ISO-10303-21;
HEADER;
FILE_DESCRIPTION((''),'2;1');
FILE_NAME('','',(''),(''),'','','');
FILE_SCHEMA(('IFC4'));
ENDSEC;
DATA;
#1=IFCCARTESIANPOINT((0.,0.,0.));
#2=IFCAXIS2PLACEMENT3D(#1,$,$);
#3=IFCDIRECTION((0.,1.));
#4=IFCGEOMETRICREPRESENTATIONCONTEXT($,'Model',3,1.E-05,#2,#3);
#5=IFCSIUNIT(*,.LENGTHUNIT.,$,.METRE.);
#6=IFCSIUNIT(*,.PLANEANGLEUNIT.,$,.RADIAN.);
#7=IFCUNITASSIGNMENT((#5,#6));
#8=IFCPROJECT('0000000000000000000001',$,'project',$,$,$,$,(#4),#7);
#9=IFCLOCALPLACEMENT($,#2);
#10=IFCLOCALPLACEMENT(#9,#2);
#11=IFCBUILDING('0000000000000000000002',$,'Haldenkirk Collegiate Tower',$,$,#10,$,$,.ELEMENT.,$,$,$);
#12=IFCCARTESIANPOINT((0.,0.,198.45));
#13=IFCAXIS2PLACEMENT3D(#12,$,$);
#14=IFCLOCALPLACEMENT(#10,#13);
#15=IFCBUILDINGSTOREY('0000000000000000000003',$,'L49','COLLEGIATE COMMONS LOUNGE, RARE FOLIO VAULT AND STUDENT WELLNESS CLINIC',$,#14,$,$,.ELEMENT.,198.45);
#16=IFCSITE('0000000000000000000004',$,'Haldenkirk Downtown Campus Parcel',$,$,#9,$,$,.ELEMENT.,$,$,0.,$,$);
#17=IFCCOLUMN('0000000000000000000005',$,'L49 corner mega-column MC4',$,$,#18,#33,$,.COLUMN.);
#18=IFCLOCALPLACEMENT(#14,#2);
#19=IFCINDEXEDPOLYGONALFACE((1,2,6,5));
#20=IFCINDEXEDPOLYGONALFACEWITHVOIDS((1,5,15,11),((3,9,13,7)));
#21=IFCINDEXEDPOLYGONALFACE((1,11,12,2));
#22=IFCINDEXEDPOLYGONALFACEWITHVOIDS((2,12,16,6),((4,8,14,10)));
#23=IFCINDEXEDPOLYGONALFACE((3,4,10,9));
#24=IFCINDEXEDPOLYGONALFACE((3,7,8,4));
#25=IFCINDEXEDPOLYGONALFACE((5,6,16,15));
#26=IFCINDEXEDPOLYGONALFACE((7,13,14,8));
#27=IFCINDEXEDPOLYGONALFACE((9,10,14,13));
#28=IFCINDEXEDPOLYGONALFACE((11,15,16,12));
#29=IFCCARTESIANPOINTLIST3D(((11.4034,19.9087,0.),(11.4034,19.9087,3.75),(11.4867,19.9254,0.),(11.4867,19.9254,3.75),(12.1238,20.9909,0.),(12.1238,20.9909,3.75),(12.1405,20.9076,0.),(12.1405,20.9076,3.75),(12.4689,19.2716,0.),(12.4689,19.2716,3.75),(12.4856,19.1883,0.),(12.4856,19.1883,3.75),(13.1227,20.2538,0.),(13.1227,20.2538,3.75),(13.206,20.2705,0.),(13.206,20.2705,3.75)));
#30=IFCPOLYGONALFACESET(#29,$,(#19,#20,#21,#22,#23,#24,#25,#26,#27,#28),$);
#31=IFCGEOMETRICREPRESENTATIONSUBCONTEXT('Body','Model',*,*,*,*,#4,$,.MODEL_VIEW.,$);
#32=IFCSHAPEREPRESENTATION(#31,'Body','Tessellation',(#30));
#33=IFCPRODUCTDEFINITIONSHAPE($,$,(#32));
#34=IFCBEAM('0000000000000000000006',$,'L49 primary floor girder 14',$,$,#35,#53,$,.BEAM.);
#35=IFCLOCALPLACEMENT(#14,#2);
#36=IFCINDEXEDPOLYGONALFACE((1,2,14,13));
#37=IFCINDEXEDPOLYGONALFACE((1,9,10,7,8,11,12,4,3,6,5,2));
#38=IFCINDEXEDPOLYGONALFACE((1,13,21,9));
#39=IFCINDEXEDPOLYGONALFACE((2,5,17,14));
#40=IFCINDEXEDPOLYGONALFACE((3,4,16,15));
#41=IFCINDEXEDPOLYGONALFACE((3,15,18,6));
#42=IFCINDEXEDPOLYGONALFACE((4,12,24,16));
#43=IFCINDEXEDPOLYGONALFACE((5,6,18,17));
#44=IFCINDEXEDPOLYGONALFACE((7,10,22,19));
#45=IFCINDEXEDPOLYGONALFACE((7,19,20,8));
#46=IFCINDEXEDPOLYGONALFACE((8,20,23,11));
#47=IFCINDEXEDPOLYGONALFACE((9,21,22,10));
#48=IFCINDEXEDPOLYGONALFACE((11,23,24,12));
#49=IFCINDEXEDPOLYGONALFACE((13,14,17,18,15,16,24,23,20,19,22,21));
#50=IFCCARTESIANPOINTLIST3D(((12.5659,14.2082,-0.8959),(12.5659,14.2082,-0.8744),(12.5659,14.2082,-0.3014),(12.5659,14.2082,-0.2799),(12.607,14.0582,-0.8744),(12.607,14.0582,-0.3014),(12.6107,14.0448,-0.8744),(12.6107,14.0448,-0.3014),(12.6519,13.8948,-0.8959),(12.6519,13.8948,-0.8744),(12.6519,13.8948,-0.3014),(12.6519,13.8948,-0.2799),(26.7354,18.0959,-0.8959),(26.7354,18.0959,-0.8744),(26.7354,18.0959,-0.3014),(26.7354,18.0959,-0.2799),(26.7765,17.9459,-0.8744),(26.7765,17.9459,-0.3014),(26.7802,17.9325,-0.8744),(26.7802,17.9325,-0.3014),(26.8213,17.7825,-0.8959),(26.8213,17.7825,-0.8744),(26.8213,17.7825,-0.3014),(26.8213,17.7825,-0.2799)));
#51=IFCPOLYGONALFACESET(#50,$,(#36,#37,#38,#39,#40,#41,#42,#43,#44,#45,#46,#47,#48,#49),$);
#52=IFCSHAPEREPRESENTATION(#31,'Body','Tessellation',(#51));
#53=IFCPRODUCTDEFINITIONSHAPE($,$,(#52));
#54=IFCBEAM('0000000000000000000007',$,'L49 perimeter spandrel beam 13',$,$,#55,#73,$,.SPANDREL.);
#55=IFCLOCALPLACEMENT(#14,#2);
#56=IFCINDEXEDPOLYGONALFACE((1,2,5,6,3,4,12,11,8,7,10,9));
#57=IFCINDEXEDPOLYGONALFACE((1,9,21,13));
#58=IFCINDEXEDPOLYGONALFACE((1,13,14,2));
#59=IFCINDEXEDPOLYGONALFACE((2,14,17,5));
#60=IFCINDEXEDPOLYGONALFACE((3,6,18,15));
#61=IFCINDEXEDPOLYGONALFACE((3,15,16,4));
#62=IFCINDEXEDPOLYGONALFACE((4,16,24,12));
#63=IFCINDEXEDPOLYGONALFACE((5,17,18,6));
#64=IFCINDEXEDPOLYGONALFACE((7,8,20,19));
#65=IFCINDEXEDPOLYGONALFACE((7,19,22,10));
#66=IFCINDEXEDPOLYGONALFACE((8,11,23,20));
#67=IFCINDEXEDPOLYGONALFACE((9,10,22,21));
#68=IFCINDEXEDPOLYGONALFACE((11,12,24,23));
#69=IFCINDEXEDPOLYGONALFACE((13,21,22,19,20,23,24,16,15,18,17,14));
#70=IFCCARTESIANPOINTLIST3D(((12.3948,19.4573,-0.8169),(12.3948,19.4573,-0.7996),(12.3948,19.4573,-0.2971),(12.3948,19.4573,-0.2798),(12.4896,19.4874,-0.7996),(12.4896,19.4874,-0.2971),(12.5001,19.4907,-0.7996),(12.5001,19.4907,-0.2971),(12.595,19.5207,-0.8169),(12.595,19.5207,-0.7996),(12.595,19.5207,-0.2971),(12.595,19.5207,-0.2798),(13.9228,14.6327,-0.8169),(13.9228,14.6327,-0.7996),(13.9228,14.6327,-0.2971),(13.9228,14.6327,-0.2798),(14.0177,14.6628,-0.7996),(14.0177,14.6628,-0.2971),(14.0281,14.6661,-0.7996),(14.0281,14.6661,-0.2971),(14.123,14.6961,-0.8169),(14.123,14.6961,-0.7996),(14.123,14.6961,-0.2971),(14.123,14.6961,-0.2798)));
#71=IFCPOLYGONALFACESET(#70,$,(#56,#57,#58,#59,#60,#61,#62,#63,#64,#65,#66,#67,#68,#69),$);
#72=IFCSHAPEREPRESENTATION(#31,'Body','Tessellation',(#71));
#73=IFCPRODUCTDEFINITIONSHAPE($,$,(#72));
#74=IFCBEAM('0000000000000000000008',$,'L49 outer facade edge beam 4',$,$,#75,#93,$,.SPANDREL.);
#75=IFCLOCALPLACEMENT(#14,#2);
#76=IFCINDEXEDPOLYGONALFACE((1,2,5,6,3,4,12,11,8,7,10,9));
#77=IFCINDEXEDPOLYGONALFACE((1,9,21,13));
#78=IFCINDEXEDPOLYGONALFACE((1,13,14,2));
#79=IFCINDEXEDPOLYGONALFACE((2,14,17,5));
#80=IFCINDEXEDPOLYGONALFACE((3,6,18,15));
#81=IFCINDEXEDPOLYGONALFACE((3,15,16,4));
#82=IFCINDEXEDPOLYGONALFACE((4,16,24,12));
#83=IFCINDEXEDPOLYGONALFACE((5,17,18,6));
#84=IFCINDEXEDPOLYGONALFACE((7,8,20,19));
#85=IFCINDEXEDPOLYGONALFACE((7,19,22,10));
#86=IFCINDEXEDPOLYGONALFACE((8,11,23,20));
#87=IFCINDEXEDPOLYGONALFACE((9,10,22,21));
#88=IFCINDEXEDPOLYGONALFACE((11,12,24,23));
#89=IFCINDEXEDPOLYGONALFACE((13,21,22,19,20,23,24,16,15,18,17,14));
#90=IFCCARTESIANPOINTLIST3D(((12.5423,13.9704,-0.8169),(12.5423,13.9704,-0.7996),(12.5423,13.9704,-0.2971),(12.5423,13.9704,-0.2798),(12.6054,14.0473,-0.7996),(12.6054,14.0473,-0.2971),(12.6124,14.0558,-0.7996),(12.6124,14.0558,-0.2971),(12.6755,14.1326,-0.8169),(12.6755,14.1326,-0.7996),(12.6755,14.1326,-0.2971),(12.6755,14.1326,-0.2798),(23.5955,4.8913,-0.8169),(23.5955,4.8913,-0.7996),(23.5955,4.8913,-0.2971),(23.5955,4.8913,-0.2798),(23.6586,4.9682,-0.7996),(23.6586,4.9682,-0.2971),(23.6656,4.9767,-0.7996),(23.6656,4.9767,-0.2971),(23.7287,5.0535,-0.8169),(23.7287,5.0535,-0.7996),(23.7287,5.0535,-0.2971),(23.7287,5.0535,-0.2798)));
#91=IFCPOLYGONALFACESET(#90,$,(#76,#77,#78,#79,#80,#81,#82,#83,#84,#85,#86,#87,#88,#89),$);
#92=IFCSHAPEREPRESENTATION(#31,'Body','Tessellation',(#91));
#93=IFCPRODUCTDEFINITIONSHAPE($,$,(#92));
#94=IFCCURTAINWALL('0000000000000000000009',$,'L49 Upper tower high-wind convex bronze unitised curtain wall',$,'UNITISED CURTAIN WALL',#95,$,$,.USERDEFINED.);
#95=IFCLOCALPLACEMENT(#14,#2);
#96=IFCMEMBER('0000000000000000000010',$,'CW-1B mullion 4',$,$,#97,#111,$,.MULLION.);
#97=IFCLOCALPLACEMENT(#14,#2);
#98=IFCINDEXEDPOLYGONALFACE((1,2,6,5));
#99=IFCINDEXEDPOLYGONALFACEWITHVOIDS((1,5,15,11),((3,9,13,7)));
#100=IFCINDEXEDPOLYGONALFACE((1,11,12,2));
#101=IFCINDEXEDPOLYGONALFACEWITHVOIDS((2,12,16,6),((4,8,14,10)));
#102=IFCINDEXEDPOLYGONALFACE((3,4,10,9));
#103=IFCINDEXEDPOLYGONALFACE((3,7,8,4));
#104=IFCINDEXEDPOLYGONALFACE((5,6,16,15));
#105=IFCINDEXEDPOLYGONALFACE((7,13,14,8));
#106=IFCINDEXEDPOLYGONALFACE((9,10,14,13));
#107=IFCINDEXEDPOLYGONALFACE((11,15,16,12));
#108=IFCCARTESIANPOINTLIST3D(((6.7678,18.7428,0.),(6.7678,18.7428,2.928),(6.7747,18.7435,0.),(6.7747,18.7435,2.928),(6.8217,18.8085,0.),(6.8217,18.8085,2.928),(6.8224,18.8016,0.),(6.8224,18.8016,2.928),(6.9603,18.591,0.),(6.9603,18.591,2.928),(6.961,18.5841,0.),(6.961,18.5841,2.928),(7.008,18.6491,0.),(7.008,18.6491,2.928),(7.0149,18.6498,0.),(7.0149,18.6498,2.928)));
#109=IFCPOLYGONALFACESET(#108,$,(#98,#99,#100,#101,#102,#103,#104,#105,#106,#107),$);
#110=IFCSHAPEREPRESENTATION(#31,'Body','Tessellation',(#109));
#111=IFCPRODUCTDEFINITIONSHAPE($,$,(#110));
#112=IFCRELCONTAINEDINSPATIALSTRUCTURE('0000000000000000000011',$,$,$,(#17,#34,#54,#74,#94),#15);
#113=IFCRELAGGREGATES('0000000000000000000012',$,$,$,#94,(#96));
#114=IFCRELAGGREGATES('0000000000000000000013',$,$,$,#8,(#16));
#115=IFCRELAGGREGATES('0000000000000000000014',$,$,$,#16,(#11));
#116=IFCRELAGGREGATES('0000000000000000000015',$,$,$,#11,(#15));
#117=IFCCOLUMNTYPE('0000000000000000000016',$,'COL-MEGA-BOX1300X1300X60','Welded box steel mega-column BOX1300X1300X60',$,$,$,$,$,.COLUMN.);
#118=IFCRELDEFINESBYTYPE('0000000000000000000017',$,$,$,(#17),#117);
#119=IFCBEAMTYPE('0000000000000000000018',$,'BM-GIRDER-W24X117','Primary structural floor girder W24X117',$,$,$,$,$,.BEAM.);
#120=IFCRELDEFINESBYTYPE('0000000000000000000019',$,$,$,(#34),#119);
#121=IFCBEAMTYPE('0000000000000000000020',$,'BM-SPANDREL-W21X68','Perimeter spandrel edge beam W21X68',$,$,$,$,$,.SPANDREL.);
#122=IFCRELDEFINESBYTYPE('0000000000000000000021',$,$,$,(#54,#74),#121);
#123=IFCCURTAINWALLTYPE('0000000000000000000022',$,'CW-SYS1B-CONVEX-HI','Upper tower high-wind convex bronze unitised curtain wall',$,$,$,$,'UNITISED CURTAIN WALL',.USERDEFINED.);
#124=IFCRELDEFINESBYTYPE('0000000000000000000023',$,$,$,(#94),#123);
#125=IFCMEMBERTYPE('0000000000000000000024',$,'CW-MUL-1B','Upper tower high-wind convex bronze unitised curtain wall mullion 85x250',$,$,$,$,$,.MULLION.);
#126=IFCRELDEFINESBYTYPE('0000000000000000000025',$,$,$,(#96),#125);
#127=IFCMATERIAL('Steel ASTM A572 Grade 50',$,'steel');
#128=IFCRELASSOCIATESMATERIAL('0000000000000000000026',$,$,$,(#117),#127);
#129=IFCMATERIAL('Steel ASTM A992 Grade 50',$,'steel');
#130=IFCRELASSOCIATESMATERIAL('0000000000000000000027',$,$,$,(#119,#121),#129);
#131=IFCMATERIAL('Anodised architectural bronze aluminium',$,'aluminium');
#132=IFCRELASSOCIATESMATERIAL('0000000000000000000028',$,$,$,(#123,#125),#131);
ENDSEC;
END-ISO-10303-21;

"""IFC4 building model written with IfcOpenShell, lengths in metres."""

from ifc_helpers import new_model, si_unit, direction, frame, origin, origin_2d, place, context, subcontext, project, spatial, hollow_rectangle, i_section, extrude, material, material_profile, profile_set, type_object, element, aggregate, save


model = new_model("IFC4")

# Units and contexts
model_context = context("Model", 3, precision=1e-05, world=origin(), true_north=direction((0.0, 1.0)))
body_context = subcontext(model_context, "Body", "Model", "MODEL_VIEW")
ifc_project = project(units=[si_unit("LENGTHUNIT", "METRE"), si_unit("PLANEANGLEUNIT", "RADIAN")], contexts=[model_context])

# Site, building, storey
site_placement = place(None, origin())
site = spatial("IfcSite", under=ifc_project, at=site_placement, Name="Haldenkirk Downtown Campus Parcel", CompositionType="ELEMENT", RefElevation=0.0)
building_placement = place(site_placement, origin())
building = spatial("IfcBuilding", under=site, at=building_placement, Name="Haldenkirk Collegiate Tower", CompositionType="ELEMENT")
storey_placement = place(building_placement, frame((0.0, 0.0, 198.45)))
storey = spatial("IfcBuildingStorey", under=building, at=storey_placement, Name="L49", Description="COLLEGIATE COMMONS LOUNGE, RARE FOLIO VAULT AND STUDENT WELLNESS CLINIC", CompositionType="ELEMENT", Elevation=198.45)

# Column
ifc_material_1 = material(Name="Steel ASTM A572 Grade 50", Category="steel")
ifc_material_profile_1 = material_profile(ifc_material_1, hollow_rectangle(XDim=1.3, YDim=1.3, WallThickness=0.0601, at=origin_2d()), Name="BOX1300X1300X60")
ifc_profile_set_1 = profile_set([ifc_material_profile_1], Name="Steel ASTM A572 Grade 50")
column_type = type_object("IfcColumnType", Name="COL-MEGA-BOX1300X1300X60", Description="Welded box steel mega-column BOX1300X1300X60", PredefinedType="COLUMN", material=ifc_profile_set_1)
column_placement = place(storey_placement, frame((12.3047, 20.0896, 0.0), z_axis=(0.0, 0.0, 1.0), x_axis=(0.554118, 0.832438, 0.0)))
element("IfcColumn", 1, at=column_placement, inside=storey, type_object=column_type, Name="L49 corner mega-column MC4", PredefinedType="COLUMN", context=body_context, shape_type="SweptSolid", body=[
    extrude(hollow_rectangle(XDim=1.3, YDim=1.3, WallThickness=0.0601, at=origin_2d()), origin(), (0.0, 0.0, 1.0), 3.75),
])

# Beams
ifc_material_2 = material(Name="Steel ASTM A992 Grade 50", Category="steel")
ifc_material_profile_2 = material_profile(ifc_material_2, i_section(OverallWidth=0.325, OverallDepth=0.616, WebThickness=0.0139, FlangeThickness=0.0215, at=origin_2d()), Name="W24X117")
ifc_profile_set_2 = profile_set([ifc_material_profile_2], Name="Steel ASTM A992 Grade 50")
beam_type_1 = type_object("IfcBeamType", Name="BM-GIRDER-W24X117", Description="Primary structural floor girder W24X117", PredefinedType="BEAM", material=ifc_profile_set_2)
beam_1_placement = place(storey_placement, frame((12.6089, 14.0515, -0.5879), z_axis=(0.96436, 0.264593, 0.0), x_axis=(-0.264593, 0.96436, 0.0)))
element("IfcBeam", 2, at=beam_1_placement, inside=storey, type_object=beam_type_1, Name="L49 primary floor girder 14", PredefinedType="BEAM", context=body_context, shape_type="SweptSolid", body=[
    extrude(i_section(OverallWidth=0.325, OverallDepth=0.616, WebThickness=0.0139, FlangeThickness=0.0215, at=origin_2d()), origin(), (0.0, 0.0, 1.0), 14.6931),
])
ifc_material_profile_3 = material_profile(ifc_material_2, i_section(OverallWidth=0.21, OverallDepth=0.5371, WebThickness=0.011, FlangeThickness=0.0173, at=origin_2d()), Name="W21X68")
ifc_profile_set_3 = profile_set([ifc_material_profile_3], Name="Steel ASTM A992 Grade 50")
beam_type_2 = type_object("IfcBeamType", Name="BM-SPANDREL-W21X68", Description="Perimeter spandrel edge beam W21X68", PredefinedType="SPANDREL", material=ifc_profile_set_3)
beam_2_placement = place(storey_placement, frame((12.4949, 19.489, -0.5483), z_axis=(0.301937, -0.953328, 0.0), x_axis=(0.953328, 0.301937, 0.0)))
element("IfcBeam", 3, at=beam_2_placement, inside=storey, type_object=beam_type_2, Name="L49 perimeter spandrel beam 13", PredefinedType="SPANDREL", context=body_context, shape_type="SweptSolid", body=[
    extrude(i_section(OverallWidth=0.21, OverallDepth=0.5371, WebThickness=0.011, FlangeThickness=0.0173, at=origin_2d()), origin(), (0.0, 0.0, 1.0), 5.0608),
])
beam_3_placement = place(storey_placement, frame((12.6089, 14.0515, -0.5483), z_axis=(0.772738, -0.634726, 0.0), x_axis=(0.634726, 0.772738, 0.0)))
element("IfcBeam", 4, at=beam_3_placement, inside=storey, type_object=beam_type_2, Name="L49 outer facade edge beam 4", PredefinedType="SPANDREL", context=body_context, shape_type="SweptSolid", body=[
    extrude(i_section(OverallWidth=0.21, OverallDepth=0.5371, WebThickness=0.011, FlangeThickness=0.0173, at=origin_2d()), origin(), (0.0, 0.0, 1.0), 14.304),
])

# Curtain wall, member
ifc_material_3 = material(Name="Anodised architectural bronze aluminium", Category="aluminium")
curtain_wall_type = type_object("IfcCurtainWallType", Name="CW-SYS1B-CONVEX-HI", Description="Upper tower high-wind convex bronze unitised curtain wall", ElementType="UNITISED CURTAIN WALL", PredefinedType="USERDEFINED", material=ifc_material_3)
curtain_wall_placement = place(storey_placement, origin())
curtain_wall = element("IfcCurtainWall", 5, at=curtain_wall_placement, inside=storey, type_object=curtain_wall_type, Name="L49 Upper tower high-wind convex bronze unitised curtain wall", ObjectType="UNITISED CURTAIN WALL", PredefinedType="USERDEFINED")
ifc_material_profile_4 = material_profile(ifc_material_3, hollow_rectangle(XDim=0.085, YDim=0.25, WallThickness=0.0049, at=origin_2d()), Name="CW-MUL-1B")
ifc_profile_set_4 = profile_set([ifc_material_profile_4], Name="Anodised architectural bronze aluminium")
member_type = type_object("IfcMemberType", Name="CW-MUL-1B", Description="Upper tower high-wind convex bronze unitised curtain wall mullion 85x250", PredefinedType="MULLION", material=ifc_profile_set_4)
member_placement = place(storey_placement, frame((6.8914, 18.6963, 0.0), z_axis=(0.0, 0.0, 1.0), x_axis=(-0.63473, -0.772734, 0.0)))
member = element("IfcMember", 6, at=member_placement, type_object=member_type, Name="CW-1B mullion 4", PredefinedType="MULLION", context=body_context, shape_type="SweptSolid", body=[
    extrude(hollow_rectangle(XDim=0.085, YDim=0.25, WallThickness=0.0049, at=origin_2d()), origin(), (0.0, 0.0, 1.0), 2.928),
])

aggregate(curtain_wall, [member])

save(model, "model.ifc")
